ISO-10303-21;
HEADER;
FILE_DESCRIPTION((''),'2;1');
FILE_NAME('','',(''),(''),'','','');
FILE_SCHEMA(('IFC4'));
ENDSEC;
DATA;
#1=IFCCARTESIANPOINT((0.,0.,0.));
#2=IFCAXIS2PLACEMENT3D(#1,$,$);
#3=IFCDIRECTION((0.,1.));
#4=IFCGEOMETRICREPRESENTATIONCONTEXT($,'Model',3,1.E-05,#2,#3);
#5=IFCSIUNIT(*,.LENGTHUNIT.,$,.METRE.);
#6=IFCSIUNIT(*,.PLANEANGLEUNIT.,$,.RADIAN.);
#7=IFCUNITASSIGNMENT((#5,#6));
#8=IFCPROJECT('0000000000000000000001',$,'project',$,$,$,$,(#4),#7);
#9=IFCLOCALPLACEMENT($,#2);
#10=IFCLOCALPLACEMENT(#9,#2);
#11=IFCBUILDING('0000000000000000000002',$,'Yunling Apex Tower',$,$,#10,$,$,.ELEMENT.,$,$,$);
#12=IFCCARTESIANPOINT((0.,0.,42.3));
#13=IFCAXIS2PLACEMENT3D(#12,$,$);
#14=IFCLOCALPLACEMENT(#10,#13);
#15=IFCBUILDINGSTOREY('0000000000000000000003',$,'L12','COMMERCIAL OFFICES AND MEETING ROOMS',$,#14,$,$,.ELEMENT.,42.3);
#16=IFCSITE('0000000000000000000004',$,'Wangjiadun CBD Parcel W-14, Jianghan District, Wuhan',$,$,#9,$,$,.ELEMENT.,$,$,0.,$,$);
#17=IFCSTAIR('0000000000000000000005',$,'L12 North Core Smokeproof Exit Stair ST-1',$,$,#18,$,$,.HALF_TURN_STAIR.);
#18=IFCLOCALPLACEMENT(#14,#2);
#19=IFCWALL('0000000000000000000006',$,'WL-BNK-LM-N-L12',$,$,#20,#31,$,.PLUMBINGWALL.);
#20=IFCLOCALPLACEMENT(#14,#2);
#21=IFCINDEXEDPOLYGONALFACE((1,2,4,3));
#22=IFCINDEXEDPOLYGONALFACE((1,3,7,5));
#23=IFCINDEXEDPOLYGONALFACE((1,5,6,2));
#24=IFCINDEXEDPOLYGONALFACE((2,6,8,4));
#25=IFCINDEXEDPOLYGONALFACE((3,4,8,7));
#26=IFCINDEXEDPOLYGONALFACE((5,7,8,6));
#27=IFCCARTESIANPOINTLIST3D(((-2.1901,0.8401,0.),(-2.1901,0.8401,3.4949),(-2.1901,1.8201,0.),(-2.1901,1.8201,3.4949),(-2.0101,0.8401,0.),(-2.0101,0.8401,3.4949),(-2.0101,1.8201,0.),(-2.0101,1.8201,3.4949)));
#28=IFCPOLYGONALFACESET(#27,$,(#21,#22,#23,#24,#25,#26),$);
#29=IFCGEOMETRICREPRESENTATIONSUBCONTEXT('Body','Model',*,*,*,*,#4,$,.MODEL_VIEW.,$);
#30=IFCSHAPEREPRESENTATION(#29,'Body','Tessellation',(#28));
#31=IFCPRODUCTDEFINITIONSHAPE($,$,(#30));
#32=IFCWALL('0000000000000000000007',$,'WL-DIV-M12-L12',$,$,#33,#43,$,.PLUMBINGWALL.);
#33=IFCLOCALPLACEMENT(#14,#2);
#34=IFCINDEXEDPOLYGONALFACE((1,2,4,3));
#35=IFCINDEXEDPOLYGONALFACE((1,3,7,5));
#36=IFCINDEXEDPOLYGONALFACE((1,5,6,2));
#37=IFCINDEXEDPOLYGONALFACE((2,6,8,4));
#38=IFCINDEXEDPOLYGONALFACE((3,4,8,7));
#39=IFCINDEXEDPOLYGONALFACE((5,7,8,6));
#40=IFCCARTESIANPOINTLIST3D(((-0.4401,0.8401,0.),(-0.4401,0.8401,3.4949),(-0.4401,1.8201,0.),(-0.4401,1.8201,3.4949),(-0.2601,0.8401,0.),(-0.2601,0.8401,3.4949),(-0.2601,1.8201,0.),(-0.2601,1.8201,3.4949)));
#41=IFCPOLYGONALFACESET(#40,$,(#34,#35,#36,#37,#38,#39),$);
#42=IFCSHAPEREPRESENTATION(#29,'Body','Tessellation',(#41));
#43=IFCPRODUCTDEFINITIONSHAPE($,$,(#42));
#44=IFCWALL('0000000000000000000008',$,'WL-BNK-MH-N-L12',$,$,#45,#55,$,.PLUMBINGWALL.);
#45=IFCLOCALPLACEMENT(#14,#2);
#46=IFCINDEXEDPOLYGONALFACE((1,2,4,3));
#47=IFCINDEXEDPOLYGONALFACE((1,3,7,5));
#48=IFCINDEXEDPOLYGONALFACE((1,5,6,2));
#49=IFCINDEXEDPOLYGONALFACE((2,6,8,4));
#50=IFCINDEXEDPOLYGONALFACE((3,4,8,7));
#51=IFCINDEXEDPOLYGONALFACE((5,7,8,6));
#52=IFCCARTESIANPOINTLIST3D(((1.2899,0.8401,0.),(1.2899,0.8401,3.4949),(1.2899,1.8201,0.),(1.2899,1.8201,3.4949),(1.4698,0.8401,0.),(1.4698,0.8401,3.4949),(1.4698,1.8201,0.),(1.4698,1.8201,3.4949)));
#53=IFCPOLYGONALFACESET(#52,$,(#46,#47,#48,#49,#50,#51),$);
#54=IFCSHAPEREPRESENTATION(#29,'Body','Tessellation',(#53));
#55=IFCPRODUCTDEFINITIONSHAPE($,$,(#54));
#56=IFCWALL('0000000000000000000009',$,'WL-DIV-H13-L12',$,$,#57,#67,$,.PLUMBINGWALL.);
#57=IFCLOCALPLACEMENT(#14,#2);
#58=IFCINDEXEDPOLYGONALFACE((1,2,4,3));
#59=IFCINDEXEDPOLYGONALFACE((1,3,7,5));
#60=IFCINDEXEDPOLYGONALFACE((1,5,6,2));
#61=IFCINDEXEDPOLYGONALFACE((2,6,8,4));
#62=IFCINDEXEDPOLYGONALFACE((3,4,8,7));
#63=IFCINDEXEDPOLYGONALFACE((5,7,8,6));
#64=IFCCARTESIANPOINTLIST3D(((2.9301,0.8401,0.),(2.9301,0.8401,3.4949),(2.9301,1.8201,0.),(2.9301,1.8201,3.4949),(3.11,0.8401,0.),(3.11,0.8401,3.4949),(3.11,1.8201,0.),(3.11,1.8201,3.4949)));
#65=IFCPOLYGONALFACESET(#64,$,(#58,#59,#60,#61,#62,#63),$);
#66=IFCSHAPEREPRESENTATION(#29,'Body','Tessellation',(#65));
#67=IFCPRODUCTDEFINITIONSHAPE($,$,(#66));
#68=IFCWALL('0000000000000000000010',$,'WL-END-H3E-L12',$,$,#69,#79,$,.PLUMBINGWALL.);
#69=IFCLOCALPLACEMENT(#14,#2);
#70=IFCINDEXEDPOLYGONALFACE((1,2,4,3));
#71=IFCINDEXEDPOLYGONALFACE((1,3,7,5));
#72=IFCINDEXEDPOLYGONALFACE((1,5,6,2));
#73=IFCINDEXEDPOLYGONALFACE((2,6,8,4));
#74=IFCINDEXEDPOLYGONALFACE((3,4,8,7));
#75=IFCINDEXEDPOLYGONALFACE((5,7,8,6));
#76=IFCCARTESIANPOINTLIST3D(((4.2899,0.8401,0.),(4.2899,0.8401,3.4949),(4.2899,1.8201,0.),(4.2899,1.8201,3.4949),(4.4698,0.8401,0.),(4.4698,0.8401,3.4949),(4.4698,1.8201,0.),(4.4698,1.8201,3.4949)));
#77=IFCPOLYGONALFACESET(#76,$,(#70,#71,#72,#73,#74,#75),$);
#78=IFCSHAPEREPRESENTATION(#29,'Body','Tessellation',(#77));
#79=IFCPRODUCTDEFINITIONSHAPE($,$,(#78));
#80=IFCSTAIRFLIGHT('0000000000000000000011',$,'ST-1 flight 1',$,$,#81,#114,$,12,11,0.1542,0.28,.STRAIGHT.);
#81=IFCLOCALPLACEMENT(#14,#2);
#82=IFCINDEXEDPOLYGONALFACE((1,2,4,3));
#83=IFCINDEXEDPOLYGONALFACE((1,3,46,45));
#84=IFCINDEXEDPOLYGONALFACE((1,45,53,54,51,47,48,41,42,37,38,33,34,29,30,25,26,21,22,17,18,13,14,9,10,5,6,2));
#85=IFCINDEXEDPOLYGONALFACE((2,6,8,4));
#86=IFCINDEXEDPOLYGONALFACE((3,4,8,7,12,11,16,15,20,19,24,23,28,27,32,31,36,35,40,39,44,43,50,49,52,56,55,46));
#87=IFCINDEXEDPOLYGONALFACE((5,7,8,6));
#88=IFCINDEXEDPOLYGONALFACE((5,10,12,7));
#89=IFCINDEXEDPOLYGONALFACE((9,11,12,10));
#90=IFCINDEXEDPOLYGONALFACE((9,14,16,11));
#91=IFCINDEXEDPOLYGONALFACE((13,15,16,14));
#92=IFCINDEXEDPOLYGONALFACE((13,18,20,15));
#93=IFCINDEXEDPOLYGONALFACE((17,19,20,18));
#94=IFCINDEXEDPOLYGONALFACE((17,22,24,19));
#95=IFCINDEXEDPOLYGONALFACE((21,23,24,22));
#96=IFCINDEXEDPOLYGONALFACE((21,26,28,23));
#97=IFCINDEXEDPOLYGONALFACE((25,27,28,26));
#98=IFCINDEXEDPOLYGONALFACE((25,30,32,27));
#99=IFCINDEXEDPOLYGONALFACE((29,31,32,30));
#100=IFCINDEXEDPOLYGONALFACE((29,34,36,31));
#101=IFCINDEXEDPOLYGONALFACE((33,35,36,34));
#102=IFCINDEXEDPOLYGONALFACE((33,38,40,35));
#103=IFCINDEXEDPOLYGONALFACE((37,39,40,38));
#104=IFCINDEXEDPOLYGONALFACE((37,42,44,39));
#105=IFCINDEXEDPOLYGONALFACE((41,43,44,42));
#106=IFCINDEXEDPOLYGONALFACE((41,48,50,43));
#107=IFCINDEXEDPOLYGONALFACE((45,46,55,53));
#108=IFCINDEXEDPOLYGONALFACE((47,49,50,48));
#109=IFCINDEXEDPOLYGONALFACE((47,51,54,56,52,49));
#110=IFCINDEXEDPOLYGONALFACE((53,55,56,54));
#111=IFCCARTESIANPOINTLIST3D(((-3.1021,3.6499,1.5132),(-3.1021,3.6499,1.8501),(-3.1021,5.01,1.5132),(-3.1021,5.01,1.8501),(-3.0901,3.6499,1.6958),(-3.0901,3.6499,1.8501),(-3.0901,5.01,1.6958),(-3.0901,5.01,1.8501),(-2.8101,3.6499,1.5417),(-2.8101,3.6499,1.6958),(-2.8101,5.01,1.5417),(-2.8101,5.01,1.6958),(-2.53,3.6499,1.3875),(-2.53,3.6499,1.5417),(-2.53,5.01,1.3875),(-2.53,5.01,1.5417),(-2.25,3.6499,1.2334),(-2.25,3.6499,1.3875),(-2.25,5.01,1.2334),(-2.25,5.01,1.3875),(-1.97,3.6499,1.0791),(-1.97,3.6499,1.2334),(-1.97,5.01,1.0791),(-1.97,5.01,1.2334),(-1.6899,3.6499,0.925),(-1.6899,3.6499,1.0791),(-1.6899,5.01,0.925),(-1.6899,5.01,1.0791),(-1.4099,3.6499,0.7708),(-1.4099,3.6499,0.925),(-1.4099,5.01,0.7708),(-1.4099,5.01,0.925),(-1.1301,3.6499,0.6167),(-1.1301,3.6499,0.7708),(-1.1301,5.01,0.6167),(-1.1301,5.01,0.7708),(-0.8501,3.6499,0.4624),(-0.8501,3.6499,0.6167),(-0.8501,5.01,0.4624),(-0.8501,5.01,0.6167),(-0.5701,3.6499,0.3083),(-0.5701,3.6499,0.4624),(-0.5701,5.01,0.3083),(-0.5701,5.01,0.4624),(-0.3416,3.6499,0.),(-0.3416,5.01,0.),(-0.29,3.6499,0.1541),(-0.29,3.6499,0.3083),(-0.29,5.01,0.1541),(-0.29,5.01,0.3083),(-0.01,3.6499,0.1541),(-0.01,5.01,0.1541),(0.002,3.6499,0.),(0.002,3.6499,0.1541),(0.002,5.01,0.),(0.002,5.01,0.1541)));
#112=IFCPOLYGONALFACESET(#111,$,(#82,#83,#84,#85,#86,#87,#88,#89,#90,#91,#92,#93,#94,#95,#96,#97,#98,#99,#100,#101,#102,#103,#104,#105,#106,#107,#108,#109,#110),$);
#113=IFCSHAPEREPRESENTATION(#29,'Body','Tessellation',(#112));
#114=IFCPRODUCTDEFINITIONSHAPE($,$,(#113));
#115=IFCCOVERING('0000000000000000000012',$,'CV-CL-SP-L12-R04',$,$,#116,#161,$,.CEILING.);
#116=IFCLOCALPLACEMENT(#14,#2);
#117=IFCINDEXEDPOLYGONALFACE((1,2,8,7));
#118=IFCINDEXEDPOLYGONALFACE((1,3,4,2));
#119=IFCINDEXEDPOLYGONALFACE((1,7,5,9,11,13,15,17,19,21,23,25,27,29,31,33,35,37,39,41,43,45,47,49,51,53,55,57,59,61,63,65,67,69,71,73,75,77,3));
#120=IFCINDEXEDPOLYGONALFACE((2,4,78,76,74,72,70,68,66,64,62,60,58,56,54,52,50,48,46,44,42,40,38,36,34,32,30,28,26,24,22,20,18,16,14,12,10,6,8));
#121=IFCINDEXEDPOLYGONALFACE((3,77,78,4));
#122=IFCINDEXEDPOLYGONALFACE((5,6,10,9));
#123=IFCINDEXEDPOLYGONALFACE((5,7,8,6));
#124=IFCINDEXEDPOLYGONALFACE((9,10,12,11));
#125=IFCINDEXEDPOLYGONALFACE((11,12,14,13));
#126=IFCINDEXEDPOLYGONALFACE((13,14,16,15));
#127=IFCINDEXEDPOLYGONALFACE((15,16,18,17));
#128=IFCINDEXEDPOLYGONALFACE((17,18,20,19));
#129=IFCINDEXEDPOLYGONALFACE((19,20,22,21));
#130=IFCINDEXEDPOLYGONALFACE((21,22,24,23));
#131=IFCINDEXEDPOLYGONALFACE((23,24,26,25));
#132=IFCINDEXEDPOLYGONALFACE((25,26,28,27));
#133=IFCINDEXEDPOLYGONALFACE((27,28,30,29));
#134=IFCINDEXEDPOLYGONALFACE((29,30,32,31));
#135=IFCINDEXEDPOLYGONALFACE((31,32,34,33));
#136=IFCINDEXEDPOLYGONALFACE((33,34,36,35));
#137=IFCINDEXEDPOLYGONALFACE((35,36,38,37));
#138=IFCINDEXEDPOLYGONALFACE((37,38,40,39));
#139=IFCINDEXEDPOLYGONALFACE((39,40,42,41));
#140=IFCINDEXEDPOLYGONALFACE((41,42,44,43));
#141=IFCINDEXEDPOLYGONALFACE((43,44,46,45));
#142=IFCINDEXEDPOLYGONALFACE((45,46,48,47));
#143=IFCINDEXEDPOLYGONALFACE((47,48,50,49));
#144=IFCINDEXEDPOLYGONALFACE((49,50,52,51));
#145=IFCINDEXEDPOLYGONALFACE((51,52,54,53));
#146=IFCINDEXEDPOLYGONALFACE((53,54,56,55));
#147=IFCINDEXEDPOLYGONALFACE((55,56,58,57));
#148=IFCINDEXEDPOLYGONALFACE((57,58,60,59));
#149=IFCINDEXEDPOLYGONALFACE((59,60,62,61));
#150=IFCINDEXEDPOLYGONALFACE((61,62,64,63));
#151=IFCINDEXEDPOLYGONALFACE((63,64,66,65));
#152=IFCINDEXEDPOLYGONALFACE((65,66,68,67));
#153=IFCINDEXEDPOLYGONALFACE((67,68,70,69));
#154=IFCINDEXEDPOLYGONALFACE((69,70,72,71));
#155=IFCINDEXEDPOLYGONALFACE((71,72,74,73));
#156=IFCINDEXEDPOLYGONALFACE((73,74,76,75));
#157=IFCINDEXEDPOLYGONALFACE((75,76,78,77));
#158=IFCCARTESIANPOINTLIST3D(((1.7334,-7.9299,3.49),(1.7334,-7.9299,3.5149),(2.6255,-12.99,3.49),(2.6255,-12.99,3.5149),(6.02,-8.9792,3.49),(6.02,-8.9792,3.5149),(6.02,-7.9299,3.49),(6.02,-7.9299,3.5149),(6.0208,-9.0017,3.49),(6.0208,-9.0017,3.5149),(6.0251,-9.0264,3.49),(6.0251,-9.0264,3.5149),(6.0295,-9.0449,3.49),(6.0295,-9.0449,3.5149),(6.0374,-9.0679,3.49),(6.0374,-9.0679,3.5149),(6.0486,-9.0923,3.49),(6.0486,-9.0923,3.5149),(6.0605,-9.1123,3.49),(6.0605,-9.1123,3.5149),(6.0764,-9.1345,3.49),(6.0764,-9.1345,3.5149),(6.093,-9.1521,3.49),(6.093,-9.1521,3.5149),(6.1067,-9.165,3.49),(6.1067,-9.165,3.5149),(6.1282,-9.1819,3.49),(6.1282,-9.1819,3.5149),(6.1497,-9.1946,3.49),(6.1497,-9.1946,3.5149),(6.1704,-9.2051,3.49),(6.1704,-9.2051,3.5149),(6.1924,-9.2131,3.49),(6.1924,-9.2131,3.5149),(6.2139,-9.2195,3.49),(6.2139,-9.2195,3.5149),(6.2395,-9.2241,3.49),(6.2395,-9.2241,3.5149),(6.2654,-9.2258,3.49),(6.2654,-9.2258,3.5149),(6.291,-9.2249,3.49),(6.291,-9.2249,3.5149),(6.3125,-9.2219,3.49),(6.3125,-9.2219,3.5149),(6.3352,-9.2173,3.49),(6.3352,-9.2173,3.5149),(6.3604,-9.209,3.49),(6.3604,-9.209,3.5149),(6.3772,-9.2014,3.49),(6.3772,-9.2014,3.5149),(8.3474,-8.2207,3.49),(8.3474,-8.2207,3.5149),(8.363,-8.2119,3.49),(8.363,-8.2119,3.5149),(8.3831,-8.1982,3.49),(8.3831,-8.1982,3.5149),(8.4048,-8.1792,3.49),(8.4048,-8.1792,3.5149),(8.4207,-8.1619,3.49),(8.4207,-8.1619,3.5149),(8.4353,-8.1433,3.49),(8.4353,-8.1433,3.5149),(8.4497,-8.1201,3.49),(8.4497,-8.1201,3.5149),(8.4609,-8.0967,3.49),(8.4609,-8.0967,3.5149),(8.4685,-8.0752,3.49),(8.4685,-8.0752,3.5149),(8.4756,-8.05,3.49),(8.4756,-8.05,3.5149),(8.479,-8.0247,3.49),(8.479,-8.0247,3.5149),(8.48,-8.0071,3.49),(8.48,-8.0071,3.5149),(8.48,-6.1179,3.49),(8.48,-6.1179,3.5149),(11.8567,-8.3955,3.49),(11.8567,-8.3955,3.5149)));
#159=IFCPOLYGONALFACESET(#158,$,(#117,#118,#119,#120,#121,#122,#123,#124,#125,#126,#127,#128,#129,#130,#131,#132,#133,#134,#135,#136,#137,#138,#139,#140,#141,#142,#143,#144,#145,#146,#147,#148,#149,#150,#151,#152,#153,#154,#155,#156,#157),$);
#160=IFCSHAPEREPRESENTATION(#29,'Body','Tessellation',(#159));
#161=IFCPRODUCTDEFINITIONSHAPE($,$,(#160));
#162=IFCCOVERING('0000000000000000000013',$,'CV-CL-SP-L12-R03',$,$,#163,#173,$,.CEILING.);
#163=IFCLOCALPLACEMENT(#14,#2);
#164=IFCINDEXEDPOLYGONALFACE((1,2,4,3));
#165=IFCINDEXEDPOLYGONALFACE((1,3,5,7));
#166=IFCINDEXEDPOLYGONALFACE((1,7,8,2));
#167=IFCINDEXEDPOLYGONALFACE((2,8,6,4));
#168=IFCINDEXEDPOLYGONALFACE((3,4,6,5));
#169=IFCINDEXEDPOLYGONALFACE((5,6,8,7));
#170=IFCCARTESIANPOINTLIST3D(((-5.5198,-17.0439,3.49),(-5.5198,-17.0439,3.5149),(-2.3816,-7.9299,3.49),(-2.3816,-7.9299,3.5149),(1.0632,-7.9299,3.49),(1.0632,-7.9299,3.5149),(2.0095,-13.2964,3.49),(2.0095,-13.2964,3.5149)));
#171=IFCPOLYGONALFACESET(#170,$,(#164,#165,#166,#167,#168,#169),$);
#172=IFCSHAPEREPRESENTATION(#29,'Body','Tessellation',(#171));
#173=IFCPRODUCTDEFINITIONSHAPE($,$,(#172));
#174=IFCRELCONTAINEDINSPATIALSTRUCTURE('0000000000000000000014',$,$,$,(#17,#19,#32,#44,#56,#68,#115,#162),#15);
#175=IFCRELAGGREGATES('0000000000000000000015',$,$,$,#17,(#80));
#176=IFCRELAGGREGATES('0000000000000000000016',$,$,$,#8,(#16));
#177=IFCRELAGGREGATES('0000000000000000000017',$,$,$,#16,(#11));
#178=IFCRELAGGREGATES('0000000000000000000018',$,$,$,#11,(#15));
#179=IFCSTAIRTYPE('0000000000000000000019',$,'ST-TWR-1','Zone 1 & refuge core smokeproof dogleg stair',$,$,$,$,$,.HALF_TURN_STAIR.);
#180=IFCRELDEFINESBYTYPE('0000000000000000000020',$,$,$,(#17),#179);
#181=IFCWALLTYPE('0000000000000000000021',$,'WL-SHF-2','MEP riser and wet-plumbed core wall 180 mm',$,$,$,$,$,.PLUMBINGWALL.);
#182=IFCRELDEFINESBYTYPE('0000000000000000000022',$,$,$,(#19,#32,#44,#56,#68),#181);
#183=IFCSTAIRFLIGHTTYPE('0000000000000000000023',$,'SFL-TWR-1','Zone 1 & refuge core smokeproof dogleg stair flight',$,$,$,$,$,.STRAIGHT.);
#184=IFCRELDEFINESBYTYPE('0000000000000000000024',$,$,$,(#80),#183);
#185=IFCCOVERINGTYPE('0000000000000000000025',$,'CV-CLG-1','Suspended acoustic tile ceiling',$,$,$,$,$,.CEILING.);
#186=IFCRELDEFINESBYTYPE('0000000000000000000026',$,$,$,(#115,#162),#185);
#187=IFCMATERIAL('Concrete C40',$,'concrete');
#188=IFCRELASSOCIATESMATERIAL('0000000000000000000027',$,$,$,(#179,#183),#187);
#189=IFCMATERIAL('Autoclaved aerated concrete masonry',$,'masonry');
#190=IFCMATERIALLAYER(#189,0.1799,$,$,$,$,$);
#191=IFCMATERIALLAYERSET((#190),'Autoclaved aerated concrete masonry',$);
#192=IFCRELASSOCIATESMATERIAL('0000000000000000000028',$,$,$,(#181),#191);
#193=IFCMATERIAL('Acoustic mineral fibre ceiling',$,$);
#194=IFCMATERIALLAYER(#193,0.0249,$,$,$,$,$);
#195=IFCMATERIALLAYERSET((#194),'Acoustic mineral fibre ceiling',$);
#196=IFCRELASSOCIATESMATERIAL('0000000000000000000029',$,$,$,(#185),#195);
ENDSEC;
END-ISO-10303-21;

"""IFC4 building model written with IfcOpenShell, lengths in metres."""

from ifc_helpers import new_model, si_unit, direction, frame, frame_2d, origin, place, context, subcontext, project, spatial, polyline, rectangle, outline, extrude, material, layer, layer_set, type_object, element, aggregate, save


model = new_model("IFC4")

# Units and contexts
model_context = context("Model", 3, precision=1e-05, world=origin(), true_north=direction((0.0, 1.0)))
body_context = subcontext(model_context, "Body", "Model", "MODEL_VIEW")
ifc_project = project(units=[si_unit("LENGTHUNIT", "METRE"), si_unit("PLANEANGLEUNIT", "RADIAN")], contexts=[model_context])

# Site, building, storey
site_placement = place(None, origin())
site = spatial("IfcSite", under=ifc_project, at=site_placement, Name="Wangjiadun CBD Parcel W-14, Jianghan District, Wuhan", CompositionType="ELEMENT", RefElevation=0.0)
building_placement = place(site_placement, origin())
building = spatial("IfcBuilding", under=site, at=building_placement, Name="Yunling Apex Tower", CompositionType="ELEMENT")
storey_placement = place(building_placement, frame((0.0, 0.0, 42.3)))
storey = spatial("IfcBuildingStorey", under=building, at=storey_placement, Name="L12", Description="COMMERCIAL OFFICES AND MEETING ROOMS", CompositionType="ELEMENT", Elevation=42.3)

# Shared definitions
ifc_material_1 = material(Name="Concrete C40", Category="concrete")

# Stair
stair_type = type_object("IfcStairType", Name="ST-TWR-1", Description="Zone 1 & refuge core smokeproof dogleg stair", PredefinedType="HALF_TURN_STAIR", material=ifc_material_1)
stair_1_placement = place(storey_placement, origin())
stair_1 = element("IfcStair", 1, at=stair_1_placement, inside=storey, type_object=stair_type, Name="L12 North Core Smokeproof Exit Stair ST-1", PredefinedType="HALF_TURN_STAIR")

# Shared definitions
ifc_material_2 = material(Name="Autoclaved aerated concrete masonry", Category="masonry")

# Walls
ifc_layer_1 = layer(ifc_material_2, 0.1799)
ifc_layer_set_1 = layer_set([ifc_layer_1], Name="Autoclaved aerated concrete masonry")
wall_type_1 = type_object("IfcWallType", Name="WL-SHF-2", Description="MEP riser and wet-plumbed core wall 180 mm", PredefinedType="PLUMBINGWALL", material=ifc_layer_set_1)
for number, where, z_axis, x_axis, name in (
    (2, (-2.1001, 0.8401, 0.0), (0.0, 0.0, 1.0), (0.0, 1.0, 0.0), "WL-BNK-LM-N-L12"),
    (3, (-0.3501, 0.8401, 0.0), (0.0, 0.0, 1.0), (0.0, 1.0, 0.0), "WL-DIV-M12-L12"),
    (4, (1.3799, 0.8401, 0.0), (0.0, 0.0, 1.0), (0.0, 1.0, 0.0), "WL-BNK-MH-N-L12"),
    (5, (3.02, 0.8401, 0.0), (0.0, 0.0, 1.0), (0.0, 1.0, 0.0), "WL-DIV-H13-L12"),
    (6, (4.3799, 0.8401, 0.0), (0.0, 0.0, 1.0), (0.0, 1.0, 0.0), "WL-END-H3E-L12"),
):
    element("IfcWall", number, at=place(storey_placement, frame(where, z_axis=z_axis, x_axis=x_axis)), inside=storey, type_object=wall_type_1, Name=name, PredefinedType="PLUMBINGWALL", context=body_context, shape_type="SweptSolid", body=[
        extrude(rectangle(XDim=0.98, YDim=0.1799, at=frame_2d((0.49, 0.0))), origin(), (0.0, 0.0, 1.0), 3.4949),
    ])

# Stair flight
stair_flight_type = type_object("IfcStairFlightType", Name="SFL-TWR-1", Description="Zone 1 & refuge core smokeproof dogleg stair flight", PredefinedType="STRAIGHT", material=ifc_material_1)
stair_flight_placement = place(storey_placement, frame((-0.01, 4.3301, 0.0), z_axis=(0.0, 0.0, 1.0), x_axis=(-1.0, 0.0, 0.0)))
stair_flight = element("IfcStairFlight", 7, at=stair_flight_placement, type_object=stair_flight_type, Name="ST-1 flight 1", NumberOfRisers=12, NumberOfTreads=11, PredefinedType="STRAIGHT", RiserHeight=0.1542, TreadLength=0.28, context=body_context, shape_type="SweptSolid", body=[
    extrude(outline(polyline([(-0.012, 0.0), (-0.012, 0.1541), (0.0, 0.1541), (0.28, 0.1541), (0.28, 0.3083), (0.5601, 0.3083), (0.5601, 0.4624), (0.8401, 0.4624), (0.8401, 0.6167), (1.1201, 0.6167), (1.1201, 0.7708), (1.3999, 0.7708), (1.3999, 0.925), (1.6799, 0.925), (1.6799, 1.0791), (1.96, 1.0791), (1.96, 1.2334), (2.24, 1.2334), (2.24, 1.3875), (2.52, 1.3875), (2.52, 1.5417), (2.8, 1.5417), (2.8, 1.6958), (3.0801, 1.6958), (3.0801, 1.8501), (3.092, 1.8501), (3.092, 1.5132), (0.3315, 0.0), (-0.012, 0.0)])), frame((0.0, 0.6802, 0.0), z_axis=(0.0, -1.0, 0.0), x_axis=(1.0, 0.0, 0.0)), (0.0, 0.0, 1.0), 1.3601),
])
aggregate(stair_1, [stair_flight])

# Coverings
ifc_material_3 = material(Name="Acoustic mineral fibre ceiling")
ifc_layer_2 = layer(ifc_material_3, 0.0249)
ifc_layer_set_2 = layer_set([ifc_layer_2], Name="Acoustic mineral fibre ceiling")
covering_type_1 = type_object("IfcCoveringType", Name="CV-CLG-1", Description="Suspended acoustic tile ceiling", PredefinedType="CEILING", material=ifc_layer_set_2)
covering_1_placement = place(storey_placement, frame((0.0, 0.0, 3.49)))
element("IfcCovering", 8, at=covering_1_placement, inside=storey, type_object=covering_type_1, Name="CV-CL-SP-L12-R04", PredefinedType="CEILING", context=body_context, shape_type="SweptSolid", body=[
    extrude(outline(polyline([(11.8567, -8.3955), (2.6255, -12.99), (1.7334, -7.9299), (6.02, -7.9299), (6.02, -8.9792), (6.0208, -9.0017), (6.0251, -9.0264), (6.0295, -9.0449), (6.0374, -9.0679), (6.0486, -9.0923), (6.0605, -9.1123), (6.0764, -9.1345), (6.093, -9.1521), (6.1067, -9.165), (6.1282, -9.1819), (6.1497, -9.1946), (6.1704, -9.2051), (6.1924, -9.2131), (6.2139, -9.2195), (6.2395, -9.2241), (6.2654, -9.2258), (6.291, -9.2249), (6.3125, -9.2219), (6.3352, -9.2173), (6.3604, -9.209), (6.3772, -9.2014), (8.3474, -8.2207), (8.363, -8.2119), (8.3831, -8.1982), (8.4048, -8.1792), (8.4207, -8.1619), (8.4353, -8.1433), (8.4497, -8.1201), (8.4609, -8.0967), (8.4685, -8.0752), (8.4756, -8.05), (8.479, -8.0247), (8.48, -8.0071), (8.48, -6.1179), (11.8567, -8.3955)])), origin(), (0.0, 0.0, 1.0), 0.0249),
])
covering_2_placement = place(storey_placement, frame((0.0, 0.0, 3.49)))
element("IfcCovering", 9, at=covering_2_placement, inside=storey, type_object=covering_type_1, Name="CV-CL-SP-L12-R03", PredefinedType="CEILING", context=body_context, shape_type="SweptSolid", body=[
    extrude(outline(polyline([(2.0095, -13.2964), (-5.5198, -17.0439), (-2.3816, -7.9299), (1.0632, -7.9299), (2.0095, -13.2964)])), origin(), (0.0, 0.0, 1.0), 0.0249),
])

save(model, "model.ifc")
